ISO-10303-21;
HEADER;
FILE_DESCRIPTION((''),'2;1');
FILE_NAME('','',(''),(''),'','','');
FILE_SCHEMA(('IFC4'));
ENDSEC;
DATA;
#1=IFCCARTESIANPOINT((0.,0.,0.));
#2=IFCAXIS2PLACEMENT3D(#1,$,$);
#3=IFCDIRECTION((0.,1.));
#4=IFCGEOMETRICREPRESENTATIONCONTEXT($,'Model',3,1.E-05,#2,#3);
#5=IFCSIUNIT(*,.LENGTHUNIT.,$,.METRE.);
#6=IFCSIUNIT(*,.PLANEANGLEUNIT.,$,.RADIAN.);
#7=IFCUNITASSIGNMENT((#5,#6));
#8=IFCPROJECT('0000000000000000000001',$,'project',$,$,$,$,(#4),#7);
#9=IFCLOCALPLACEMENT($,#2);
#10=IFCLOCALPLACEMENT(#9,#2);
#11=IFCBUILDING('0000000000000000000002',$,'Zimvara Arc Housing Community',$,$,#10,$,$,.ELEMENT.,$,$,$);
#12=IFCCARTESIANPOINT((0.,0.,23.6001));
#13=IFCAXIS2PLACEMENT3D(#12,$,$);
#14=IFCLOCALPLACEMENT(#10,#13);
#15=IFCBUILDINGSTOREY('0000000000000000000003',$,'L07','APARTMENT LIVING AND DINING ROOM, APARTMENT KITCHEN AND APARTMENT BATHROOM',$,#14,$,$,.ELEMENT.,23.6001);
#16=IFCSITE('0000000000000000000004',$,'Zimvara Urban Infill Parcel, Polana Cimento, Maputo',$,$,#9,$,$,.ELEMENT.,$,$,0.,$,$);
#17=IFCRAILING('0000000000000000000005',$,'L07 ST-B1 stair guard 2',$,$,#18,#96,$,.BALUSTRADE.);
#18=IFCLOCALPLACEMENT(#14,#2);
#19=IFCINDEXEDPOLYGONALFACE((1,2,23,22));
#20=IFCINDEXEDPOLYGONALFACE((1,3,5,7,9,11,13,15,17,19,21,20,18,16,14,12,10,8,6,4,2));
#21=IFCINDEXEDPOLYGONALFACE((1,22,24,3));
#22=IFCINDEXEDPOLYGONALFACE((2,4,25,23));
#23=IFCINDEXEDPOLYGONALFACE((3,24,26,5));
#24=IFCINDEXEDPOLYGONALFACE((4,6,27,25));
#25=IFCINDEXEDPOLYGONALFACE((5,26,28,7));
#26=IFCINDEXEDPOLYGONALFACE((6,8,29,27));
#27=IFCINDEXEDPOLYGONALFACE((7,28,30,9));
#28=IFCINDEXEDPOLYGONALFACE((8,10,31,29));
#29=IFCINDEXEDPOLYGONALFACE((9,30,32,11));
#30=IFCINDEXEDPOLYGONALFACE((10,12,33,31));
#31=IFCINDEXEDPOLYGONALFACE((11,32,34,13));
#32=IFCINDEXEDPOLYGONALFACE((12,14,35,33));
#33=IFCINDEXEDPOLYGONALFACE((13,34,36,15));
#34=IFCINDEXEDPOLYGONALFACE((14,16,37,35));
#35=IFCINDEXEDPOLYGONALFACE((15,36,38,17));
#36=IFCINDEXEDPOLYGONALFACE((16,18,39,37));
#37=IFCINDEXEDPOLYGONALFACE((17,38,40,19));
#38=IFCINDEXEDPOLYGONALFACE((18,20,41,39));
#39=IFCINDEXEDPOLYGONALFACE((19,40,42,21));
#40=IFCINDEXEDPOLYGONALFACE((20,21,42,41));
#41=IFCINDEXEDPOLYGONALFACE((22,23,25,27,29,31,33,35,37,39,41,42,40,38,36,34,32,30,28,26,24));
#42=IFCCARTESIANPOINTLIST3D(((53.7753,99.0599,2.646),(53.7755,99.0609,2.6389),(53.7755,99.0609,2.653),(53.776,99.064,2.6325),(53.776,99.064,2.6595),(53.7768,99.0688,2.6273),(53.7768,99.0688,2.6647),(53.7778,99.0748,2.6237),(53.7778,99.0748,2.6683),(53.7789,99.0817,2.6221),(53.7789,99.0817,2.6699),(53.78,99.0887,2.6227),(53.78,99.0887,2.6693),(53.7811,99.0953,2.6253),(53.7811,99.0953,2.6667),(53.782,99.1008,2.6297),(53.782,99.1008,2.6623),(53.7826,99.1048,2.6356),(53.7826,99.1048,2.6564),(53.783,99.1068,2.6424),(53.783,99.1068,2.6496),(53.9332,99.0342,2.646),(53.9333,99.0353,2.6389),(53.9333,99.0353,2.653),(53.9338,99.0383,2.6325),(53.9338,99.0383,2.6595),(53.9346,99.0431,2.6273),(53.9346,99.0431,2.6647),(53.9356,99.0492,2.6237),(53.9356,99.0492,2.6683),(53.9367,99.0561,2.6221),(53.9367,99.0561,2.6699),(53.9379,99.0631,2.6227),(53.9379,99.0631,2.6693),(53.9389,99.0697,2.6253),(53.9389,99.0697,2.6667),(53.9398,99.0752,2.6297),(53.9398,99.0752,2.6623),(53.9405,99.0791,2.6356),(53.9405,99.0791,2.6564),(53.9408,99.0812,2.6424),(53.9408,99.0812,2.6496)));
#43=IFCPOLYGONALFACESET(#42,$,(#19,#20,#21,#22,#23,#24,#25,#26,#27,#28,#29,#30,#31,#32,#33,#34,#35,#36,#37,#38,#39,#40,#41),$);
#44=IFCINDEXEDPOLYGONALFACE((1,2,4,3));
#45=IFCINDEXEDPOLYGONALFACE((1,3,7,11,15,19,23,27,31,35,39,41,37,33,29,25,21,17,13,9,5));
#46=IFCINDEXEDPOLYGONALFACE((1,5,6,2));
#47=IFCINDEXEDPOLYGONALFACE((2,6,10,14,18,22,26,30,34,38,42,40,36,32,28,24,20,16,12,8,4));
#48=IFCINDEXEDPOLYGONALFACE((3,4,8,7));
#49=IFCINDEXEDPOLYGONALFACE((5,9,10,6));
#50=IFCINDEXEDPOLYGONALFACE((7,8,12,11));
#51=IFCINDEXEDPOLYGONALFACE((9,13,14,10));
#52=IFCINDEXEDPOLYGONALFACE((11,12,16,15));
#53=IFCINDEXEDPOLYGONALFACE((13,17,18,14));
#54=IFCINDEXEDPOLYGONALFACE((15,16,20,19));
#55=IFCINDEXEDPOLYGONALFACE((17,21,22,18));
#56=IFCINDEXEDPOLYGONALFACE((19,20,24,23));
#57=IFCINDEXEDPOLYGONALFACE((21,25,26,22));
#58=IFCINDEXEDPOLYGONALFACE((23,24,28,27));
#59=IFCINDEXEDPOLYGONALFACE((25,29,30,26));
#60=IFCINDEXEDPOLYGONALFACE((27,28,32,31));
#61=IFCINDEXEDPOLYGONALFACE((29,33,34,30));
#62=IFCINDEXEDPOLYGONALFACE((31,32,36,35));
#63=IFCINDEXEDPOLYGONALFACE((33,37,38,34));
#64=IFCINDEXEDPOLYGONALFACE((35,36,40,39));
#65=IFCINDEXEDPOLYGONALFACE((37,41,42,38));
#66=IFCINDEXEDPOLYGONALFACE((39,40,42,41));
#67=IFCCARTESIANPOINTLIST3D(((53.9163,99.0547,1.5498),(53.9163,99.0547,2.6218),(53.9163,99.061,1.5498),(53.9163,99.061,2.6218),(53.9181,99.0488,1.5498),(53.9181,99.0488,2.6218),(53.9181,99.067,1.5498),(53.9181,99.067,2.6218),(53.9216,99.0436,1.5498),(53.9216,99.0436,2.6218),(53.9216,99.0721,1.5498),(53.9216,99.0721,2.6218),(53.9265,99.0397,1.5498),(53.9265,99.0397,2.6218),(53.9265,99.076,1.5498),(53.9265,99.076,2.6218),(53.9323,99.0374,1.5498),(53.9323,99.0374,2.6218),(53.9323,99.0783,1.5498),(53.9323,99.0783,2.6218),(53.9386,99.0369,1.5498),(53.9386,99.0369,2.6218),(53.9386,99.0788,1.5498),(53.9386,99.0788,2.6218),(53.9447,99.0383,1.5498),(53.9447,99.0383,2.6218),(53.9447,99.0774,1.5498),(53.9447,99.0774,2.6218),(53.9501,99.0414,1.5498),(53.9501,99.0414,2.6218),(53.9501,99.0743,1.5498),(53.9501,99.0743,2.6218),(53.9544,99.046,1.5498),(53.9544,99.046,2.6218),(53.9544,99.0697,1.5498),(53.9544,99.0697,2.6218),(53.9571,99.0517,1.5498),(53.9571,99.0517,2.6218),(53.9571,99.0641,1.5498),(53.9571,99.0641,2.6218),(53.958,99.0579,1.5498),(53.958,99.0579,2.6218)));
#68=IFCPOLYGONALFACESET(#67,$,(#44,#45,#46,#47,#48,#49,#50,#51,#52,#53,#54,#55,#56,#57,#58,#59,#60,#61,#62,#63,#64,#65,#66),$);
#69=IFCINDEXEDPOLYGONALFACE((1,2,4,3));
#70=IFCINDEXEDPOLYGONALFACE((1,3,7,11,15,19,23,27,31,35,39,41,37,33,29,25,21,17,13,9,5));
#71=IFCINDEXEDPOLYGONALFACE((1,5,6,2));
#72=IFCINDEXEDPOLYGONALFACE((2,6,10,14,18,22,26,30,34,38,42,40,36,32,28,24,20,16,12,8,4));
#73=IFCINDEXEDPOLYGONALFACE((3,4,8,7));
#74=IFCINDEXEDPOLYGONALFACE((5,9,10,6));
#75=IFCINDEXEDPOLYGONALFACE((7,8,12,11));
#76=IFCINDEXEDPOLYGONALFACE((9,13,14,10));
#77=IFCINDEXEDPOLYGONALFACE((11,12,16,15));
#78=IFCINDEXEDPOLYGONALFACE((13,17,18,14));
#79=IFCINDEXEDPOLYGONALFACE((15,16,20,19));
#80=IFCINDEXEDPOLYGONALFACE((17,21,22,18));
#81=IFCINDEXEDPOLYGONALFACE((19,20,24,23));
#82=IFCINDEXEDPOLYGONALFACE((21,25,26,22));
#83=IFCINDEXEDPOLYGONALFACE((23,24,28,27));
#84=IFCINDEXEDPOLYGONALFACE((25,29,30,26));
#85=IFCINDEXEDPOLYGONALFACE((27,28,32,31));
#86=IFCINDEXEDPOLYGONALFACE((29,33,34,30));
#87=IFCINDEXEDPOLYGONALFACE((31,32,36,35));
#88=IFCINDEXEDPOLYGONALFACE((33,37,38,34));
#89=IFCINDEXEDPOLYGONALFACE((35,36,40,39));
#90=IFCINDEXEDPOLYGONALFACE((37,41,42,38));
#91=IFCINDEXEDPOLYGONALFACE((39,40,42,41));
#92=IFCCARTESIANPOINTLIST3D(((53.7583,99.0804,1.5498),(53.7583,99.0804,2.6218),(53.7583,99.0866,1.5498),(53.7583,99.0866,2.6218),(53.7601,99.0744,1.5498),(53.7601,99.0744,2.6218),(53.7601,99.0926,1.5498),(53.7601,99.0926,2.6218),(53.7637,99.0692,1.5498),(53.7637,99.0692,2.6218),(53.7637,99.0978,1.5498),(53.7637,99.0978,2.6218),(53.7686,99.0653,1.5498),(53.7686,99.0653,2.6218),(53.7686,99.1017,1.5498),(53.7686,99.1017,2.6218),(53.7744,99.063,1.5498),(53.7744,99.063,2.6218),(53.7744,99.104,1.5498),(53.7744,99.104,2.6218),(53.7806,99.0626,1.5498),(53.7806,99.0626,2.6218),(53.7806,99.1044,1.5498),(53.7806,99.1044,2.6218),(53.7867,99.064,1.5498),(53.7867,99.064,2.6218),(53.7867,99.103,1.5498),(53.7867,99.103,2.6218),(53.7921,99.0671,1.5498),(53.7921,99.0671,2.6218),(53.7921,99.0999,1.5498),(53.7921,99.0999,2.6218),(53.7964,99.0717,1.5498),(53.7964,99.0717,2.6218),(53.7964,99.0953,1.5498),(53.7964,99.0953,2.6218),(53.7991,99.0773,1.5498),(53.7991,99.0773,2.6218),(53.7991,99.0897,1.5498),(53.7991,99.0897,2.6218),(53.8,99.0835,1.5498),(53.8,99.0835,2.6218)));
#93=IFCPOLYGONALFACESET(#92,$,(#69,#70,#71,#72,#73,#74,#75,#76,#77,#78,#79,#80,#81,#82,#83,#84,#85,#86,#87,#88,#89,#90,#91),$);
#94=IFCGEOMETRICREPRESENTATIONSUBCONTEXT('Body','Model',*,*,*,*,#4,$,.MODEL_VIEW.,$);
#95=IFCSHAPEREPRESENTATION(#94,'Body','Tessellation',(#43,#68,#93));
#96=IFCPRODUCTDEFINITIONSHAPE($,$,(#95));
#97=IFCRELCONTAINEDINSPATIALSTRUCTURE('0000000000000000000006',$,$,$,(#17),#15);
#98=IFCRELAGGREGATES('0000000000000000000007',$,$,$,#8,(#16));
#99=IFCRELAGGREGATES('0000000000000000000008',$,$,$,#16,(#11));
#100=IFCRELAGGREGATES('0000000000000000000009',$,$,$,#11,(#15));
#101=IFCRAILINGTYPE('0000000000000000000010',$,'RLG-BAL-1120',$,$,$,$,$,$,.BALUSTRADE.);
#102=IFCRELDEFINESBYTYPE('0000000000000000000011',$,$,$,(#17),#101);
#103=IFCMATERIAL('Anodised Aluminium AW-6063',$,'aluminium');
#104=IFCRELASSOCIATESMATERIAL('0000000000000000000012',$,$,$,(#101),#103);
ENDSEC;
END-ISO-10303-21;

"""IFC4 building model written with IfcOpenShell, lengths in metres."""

from ifc_helpers import new_model, si_unit, direction, frame, origin, origin_2d, place, context, subcontext, project, spatial, circle, extrude, material, type_object, element, save


model = new_model("IFC4")

# Units and contexts
model_context = context("Model", 3, precision=1e-05, world=origin(), true_north=direction((0.0, 1.0)))
body_context = subcontext(model_context, "Body", "Model", "MODEL_VIEW")
ifc_project = project(units=[si_unit("LENGTHUNIT", "METRE"), si_unit("PLANEANGLEUNIT", "RADIAN")], contexts=[model_context])

# Site, building, storey
site_placement = place(None, origin())
site = spatial("IfcSite", under=ifc_project, at=site_placement, Name="Zimvara Urban Infill Parcel, Polana Cimento, Maputo", CompositionType="ELEMENT", RefElevation=0.0)
building_placement = place(site_placement, origin())
building = spatial("IfcBuilding", under=site, at=building_placement, Name="Zimvara Arc Housing Community", CompositionType="ELEMENT")
storey_placement = place(building_placement, frame((0.0, 0.0, 23.6001)))
storey = spatial("IfcBuildingStorey", under=building, at=storey_placement, Name="L07", Description="APARTMENT LIVING AND DINING ROOM, APARTMENT KITCHEN AND APARTMENT BATHROOM", CompositionType="ELEMENT", Elevation=23.6001)

# Railing
ifc_material_1 = material(Name="Anodised Aluminium AW-6063", Category="aluminium")
railing_type_1 = type_object("IfcRailingType", Name="RLG-BAL-1120", PredefinedType="BALUSTRADE", material=ifc_material_1)
railing_1_placement = place(storey_placement, frame((53.937, 99.0579, 1.5498)))
element("IfcRailing", 1, at=railing_1_placement, inside=storey, type_object=railing_type_1, Name="L07 ST-B1 stair guard 2", PredefinedType="BALUSTRADE", context=body_context, shape_type="SweptSolid", body=[
    extrude(circle(Radius=0.0239, at=origin_2d()), frame((0.0, 0.0, 1.0962), z_axis=(-0.987086, 0.160192, 0.0), x_axis=(-0.160192, -0.987086, 0.0)), (0.0, 0.0, 1.0), 0.1599),
    extrude(circle(Radius=0.021, at=origin_2d()), origin(), (0.0, 0.0, 1.0), 1.072),
    extrude(circle(Radius=0.021, at=origin_2d()), frame((-0.158, 0.0256, 0.0)), (0.0, 0.0, 1.0), 1.072),
])

save(model, "model.ifc")
